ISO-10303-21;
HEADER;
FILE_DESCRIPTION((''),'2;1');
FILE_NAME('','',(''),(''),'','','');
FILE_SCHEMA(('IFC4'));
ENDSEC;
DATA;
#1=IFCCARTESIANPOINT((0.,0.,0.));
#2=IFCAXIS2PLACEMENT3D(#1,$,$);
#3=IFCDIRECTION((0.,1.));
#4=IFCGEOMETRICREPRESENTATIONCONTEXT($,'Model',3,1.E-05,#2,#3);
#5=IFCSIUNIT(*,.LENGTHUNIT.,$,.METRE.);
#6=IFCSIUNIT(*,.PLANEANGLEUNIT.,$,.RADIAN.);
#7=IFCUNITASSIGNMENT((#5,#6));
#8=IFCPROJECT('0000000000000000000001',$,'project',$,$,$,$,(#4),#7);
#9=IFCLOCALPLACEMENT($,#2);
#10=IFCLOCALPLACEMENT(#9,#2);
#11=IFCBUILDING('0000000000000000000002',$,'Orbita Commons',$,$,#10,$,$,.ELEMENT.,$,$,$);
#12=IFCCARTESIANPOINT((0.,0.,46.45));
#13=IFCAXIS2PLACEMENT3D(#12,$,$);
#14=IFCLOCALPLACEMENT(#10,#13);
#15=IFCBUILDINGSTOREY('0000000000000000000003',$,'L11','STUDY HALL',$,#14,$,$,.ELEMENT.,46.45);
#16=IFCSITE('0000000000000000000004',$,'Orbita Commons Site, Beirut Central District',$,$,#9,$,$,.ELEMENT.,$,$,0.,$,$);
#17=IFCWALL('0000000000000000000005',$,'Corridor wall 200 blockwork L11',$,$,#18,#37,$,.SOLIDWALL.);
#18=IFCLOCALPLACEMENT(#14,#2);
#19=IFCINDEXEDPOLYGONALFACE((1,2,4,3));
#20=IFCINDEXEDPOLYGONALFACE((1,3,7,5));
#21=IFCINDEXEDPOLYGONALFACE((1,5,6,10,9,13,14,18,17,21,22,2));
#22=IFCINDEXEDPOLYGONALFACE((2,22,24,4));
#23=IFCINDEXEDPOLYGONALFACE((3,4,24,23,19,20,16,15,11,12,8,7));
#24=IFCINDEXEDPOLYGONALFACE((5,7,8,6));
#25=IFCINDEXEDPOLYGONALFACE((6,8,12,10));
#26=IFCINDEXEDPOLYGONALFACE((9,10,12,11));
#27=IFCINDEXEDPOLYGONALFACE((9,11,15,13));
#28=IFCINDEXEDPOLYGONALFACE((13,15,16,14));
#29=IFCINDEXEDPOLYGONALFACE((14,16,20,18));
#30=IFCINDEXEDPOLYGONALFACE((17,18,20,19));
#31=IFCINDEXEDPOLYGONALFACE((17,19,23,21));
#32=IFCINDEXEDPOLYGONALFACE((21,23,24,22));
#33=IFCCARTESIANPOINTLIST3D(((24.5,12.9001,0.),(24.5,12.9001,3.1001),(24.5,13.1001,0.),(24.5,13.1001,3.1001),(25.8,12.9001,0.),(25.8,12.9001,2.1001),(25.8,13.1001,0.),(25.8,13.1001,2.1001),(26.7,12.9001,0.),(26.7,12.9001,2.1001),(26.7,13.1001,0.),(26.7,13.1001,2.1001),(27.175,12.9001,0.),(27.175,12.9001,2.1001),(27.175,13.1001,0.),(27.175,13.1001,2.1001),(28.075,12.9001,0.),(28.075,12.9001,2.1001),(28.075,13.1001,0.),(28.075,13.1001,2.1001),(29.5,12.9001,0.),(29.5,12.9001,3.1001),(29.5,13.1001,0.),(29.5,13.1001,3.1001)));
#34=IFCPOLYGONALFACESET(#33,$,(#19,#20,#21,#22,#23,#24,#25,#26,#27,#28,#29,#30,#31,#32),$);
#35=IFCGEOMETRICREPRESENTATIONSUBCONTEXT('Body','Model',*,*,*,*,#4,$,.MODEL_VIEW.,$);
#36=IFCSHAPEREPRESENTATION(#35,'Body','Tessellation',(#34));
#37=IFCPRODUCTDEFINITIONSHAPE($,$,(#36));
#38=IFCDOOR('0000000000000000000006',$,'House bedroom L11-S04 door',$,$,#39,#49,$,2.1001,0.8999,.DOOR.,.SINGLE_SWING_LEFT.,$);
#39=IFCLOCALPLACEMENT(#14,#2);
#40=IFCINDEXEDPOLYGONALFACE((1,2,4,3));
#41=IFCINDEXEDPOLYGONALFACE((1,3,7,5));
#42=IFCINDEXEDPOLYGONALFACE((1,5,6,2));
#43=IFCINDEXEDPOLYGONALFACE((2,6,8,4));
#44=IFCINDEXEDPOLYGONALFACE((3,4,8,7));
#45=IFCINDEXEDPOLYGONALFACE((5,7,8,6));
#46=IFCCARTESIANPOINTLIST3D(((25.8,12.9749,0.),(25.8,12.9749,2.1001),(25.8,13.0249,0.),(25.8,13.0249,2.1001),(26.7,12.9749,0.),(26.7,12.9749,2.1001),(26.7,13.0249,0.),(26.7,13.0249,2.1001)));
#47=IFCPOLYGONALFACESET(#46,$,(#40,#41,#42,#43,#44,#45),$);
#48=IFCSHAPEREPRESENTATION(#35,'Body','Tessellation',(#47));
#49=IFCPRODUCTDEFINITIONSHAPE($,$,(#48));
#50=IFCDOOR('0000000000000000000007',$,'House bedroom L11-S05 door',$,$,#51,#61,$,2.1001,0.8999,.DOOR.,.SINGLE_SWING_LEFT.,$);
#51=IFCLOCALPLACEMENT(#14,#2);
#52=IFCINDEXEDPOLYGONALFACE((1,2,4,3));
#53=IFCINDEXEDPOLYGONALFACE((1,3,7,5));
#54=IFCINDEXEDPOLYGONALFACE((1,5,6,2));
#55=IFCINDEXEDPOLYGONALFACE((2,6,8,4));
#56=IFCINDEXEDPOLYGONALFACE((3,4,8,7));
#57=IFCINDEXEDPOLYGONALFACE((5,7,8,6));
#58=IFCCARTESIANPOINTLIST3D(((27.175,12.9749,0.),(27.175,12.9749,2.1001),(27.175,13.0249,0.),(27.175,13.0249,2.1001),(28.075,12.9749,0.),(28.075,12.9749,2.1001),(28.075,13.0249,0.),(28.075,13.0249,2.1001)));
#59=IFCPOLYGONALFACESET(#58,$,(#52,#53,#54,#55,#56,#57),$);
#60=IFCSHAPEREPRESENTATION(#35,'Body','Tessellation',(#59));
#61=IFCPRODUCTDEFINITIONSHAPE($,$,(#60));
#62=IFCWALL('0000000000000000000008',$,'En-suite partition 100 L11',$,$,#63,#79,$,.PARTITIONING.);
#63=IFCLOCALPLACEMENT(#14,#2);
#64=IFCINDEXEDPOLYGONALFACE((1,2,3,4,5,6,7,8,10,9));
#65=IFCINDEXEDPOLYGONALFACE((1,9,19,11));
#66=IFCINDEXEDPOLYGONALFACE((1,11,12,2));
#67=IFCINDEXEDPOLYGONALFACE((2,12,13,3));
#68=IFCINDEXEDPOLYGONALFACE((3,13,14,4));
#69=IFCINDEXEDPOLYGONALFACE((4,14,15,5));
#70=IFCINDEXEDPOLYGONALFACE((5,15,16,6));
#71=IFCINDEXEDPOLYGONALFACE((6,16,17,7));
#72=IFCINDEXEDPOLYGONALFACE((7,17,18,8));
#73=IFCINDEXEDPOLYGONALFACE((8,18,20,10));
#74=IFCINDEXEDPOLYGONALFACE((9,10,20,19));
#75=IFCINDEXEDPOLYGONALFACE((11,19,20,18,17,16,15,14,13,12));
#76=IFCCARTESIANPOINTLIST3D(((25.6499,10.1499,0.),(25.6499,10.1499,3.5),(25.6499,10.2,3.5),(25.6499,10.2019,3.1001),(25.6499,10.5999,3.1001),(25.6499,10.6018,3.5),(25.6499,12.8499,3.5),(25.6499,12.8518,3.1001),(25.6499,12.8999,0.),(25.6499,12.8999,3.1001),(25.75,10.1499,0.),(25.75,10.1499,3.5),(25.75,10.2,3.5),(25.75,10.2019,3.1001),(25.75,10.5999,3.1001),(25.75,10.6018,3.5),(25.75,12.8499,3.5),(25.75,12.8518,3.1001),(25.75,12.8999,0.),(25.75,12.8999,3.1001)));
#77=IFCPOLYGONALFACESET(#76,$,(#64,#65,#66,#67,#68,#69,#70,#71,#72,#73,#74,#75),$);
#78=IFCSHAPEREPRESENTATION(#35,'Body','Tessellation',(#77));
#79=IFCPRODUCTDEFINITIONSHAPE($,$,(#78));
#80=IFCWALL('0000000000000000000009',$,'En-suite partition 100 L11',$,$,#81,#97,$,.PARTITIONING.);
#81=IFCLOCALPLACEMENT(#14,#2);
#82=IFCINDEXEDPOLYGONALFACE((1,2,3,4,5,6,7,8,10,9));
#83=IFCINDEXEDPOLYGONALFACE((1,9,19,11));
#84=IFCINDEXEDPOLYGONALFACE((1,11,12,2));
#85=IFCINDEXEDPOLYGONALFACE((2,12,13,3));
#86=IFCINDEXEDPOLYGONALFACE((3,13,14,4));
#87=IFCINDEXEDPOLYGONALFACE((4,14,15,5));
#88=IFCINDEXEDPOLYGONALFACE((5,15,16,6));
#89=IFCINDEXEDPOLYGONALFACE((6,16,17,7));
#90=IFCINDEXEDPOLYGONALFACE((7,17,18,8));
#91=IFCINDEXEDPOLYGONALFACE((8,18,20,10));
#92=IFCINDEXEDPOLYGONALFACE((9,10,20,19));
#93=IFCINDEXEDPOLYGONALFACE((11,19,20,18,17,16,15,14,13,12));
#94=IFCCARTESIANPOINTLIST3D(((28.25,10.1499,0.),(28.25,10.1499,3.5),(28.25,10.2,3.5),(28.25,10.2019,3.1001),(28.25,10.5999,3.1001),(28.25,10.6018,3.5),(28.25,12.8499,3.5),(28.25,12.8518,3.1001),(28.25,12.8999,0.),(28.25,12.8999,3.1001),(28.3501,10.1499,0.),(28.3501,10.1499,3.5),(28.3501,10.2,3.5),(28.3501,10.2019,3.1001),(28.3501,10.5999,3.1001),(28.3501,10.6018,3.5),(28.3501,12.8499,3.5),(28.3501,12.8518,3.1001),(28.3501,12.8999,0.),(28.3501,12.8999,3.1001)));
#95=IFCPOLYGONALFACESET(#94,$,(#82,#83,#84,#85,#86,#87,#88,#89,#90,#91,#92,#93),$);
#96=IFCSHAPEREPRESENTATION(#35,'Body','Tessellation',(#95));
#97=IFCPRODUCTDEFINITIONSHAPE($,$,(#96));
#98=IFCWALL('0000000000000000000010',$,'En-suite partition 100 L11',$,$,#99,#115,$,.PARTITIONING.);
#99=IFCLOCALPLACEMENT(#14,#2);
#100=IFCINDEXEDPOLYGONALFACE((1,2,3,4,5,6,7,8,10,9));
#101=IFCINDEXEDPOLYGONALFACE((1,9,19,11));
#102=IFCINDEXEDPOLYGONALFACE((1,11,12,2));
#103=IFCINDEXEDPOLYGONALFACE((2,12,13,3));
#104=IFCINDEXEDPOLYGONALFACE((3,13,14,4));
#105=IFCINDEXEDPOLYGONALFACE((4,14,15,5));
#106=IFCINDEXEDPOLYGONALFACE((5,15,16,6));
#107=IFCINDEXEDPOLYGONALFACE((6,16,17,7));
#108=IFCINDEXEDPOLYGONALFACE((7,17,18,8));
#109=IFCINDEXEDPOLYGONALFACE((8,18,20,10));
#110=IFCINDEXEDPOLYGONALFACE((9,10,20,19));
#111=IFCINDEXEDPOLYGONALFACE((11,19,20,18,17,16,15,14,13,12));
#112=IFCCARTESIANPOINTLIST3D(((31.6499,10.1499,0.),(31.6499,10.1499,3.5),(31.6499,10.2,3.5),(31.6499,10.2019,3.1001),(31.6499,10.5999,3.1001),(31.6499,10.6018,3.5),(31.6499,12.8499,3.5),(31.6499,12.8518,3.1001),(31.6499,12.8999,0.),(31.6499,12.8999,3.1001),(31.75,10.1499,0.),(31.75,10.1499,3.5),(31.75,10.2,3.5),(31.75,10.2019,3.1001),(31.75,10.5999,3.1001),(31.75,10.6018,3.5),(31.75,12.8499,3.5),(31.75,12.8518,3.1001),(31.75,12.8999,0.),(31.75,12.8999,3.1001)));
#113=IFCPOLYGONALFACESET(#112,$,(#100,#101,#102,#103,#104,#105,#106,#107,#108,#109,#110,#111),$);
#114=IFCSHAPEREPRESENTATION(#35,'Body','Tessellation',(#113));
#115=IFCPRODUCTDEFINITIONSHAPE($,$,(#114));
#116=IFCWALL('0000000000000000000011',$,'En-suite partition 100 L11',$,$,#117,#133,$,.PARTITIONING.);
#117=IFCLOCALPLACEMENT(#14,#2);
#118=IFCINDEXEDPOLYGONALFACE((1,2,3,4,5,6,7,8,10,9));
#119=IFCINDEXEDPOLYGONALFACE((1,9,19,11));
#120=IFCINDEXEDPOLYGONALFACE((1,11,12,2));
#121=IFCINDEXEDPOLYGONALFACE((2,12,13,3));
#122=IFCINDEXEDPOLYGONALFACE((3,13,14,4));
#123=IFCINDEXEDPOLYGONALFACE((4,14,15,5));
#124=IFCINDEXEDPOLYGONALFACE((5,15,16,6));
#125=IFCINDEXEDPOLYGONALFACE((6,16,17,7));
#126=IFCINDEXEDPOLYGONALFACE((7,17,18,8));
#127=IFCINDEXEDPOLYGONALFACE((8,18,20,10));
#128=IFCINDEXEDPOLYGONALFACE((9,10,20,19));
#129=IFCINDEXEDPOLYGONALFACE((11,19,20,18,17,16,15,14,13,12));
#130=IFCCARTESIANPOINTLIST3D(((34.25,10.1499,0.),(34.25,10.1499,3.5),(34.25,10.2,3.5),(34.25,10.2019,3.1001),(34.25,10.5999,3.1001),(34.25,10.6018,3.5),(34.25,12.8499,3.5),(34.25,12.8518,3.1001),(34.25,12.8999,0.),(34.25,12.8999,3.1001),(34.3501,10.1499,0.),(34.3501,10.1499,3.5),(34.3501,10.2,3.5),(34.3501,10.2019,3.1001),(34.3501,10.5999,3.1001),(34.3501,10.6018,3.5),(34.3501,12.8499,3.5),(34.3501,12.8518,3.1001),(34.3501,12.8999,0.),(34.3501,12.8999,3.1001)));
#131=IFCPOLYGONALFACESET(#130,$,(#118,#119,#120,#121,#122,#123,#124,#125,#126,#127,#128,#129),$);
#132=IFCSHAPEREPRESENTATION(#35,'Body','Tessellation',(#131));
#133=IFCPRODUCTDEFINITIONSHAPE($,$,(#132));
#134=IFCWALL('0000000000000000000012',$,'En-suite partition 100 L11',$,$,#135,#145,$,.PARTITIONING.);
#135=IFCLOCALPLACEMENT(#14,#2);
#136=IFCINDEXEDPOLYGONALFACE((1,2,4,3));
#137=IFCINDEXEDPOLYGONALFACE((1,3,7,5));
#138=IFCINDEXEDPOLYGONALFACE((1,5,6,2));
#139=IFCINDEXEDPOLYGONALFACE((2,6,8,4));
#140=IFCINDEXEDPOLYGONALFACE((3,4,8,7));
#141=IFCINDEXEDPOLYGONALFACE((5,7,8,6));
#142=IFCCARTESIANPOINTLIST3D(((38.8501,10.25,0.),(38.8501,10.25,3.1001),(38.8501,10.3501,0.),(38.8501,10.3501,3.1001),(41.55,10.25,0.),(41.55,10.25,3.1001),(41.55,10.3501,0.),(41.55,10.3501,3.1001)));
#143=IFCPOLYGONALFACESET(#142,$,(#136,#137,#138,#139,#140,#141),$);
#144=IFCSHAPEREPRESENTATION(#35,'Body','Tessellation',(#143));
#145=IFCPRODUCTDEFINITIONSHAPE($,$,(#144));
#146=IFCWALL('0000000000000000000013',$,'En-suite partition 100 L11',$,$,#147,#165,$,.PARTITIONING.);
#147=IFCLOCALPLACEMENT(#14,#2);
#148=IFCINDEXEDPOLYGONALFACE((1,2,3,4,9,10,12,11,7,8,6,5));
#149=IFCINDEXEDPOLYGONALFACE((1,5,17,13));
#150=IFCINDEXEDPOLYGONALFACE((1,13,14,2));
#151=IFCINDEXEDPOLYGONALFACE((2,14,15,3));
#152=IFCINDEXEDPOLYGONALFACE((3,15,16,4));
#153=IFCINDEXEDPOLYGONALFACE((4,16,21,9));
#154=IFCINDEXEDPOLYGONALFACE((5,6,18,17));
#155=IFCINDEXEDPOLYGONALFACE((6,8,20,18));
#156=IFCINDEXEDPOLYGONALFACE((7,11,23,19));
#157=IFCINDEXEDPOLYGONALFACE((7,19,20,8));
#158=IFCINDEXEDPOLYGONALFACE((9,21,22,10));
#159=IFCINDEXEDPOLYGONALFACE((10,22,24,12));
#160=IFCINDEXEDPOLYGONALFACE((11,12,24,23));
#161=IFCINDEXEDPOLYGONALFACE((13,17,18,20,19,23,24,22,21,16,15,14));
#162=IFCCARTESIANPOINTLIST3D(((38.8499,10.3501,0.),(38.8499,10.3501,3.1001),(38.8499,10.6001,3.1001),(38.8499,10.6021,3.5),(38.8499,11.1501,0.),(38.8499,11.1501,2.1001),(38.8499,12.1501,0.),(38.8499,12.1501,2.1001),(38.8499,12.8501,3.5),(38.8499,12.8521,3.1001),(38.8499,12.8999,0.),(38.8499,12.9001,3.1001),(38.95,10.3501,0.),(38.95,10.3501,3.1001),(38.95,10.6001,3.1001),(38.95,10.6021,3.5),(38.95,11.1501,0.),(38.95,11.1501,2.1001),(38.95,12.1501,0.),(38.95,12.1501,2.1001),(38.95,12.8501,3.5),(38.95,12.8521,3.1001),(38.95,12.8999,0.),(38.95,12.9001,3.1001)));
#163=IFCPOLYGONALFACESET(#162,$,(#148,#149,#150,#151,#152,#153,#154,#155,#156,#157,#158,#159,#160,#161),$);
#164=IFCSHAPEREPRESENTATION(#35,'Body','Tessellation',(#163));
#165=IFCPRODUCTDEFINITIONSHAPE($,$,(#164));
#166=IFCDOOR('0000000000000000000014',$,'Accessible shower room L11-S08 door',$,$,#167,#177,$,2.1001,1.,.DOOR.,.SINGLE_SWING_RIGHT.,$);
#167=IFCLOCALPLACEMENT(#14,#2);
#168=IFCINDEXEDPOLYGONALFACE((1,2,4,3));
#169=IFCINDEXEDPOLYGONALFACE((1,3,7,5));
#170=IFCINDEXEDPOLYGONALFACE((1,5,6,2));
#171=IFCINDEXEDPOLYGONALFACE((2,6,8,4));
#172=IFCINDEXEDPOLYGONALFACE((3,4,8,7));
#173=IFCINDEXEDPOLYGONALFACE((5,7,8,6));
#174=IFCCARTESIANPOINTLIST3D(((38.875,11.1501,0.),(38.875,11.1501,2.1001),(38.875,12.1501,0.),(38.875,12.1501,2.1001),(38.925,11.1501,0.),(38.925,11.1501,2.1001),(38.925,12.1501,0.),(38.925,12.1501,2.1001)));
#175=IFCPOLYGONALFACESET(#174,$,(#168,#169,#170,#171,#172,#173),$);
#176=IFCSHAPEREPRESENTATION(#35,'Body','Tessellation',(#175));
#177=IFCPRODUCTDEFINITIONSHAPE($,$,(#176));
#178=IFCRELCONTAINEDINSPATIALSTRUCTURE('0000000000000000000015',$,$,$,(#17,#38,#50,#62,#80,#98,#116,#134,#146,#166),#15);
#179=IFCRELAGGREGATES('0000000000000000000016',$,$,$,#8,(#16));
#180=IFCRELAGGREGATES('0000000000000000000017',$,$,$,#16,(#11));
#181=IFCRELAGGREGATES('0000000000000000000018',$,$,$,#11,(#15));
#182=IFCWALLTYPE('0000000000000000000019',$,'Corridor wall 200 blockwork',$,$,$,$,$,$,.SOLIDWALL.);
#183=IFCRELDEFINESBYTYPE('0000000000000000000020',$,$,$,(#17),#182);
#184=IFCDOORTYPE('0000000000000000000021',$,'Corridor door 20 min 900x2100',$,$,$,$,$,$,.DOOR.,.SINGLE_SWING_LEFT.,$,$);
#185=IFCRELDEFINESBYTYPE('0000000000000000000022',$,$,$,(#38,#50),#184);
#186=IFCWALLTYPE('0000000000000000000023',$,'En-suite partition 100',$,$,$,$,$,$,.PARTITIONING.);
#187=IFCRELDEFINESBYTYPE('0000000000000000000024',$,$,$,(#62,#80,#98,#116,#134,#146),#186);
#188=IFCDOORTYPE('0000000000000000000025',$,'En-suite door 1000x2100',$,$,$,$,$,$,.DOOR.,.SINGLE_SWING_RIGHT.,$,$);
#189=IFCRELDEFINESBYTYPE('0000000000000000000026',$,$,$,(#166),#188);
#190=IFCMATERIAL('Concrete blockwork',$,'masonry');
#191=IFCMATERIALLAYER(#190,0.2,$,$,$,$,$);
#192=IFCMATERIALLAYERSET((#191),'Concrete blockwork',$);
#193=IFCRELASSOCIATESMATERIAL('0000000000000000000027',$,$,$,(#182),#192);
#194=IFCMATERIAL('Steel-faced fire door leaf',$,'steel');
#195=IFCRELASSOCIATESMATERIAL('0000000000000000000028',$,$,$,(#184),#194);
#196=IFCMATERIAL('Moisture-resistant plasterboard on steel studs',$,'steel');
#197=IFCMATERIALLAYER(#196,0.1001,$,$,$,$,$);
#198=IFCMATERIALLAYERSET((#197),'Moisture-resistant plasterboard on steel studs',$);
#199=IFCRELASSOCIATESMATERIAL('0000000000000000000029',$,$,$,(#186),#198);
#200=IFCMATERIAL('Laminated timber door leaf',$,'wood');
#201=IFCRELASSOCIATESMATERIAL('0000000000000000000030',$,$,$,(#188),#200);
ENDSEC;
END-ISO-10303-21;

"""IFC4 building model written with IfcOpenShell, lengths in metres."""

from ifc_helpers import new_model, si_unit, direction, frame, frame_2d, origin, place, context, subcontext, project, spatial, polyline, rectangle, outline, extrude, material, layer, layer_set, type_object, element, fill, save


model = new_model("IFC4")

# Units and contexts
model_context = context("Model", 3, precision=1e-05, world=origin(), true_north=direction((0.0, 1.0)))
body_context = subcontext(model_context, "Body", "Model", "MODEL_VIEW")
ifc_project = project(units=[si_unit("LENGTHUNIT", "METRE"), si_unit("PLANEANGLEUNIT", "RADIAN")], contexts=[model_context])

# Site, building, storey
site_placement = place(None, origin())
site = spatial("IfcSite", under=ifc_project, at=site_placement, Name="Orbita Commons Site, Beirut Central District", CompositionType="ELEMENT", RefElevation=0.0)
building_placement = place(site_placement, origin())
building = spatial("IfcBuilding", under=site, at=building_placement, Name="Orbita Commons", CompositionType="ELEMENT")
storey_placement = place(building_placement, frame((0.0, 0.0, 46.45)))
storey = spatial("IfcBuildingStorey", under=building, at=storey_placement, Name="L11", Description="STUDY HALL", CompositionType="ELEMENT", Elevation=46.45)

# Wall, openings, doors
ifc_material_1 = material(Name="Concrete blockwork", Category="masonry")
ifc_layer_1 = layer(ifc_material_1, 0.2)
ifc_layer_set_1 = layer_set([ifc_layer_1], Name="Concrete blockwork")
wall_type_1 = type_object("IfcWallType", Name="Corridor wall 200 blockwork", PredefinedType="SOLIDWALL", material=ifc_layer_set_1)
wall_1_placement = place(storey_placement, frame((24.5, 13.0, 0.0), z_axis=(0.0, 0.0, 1.0), x_axis=(1.0, 0.0, 0.0)))
wall_1 = element("IfcWall", 1, at=wall_1_placement, inside=storey, type_object=wall_type_1, Name="Corridor wall 200 blockwork L11", PredefinedType="SOLIDWALL", context=body_context, shape_type="SweptSolid", body=[
    extrude(outline(polyline([(0.0, 0.0), (5.0, 0.0), (5.0, 3.1001), (0.0, 3.1001), (0.0, 0.0)])), frame((0.0, 0.1001, 0.0), z_axis=(0.0, -1.0, 0.0), x_axis=(1.0, 0.0, 0.0)), (0.0, 0.0, 1.0), 0.2),
])
opening_1_placement = place(wall_1_placement, frame((1.3, 0.0, 0.0)))
opening_1 = element("IfcOpeningElement", 2, at=opening_1_placement, cuts=wall_1, PredefinedType="OPENING", context=body_context, shape_type="SweptSolid", body=[
    extrude(rectangle(XDim=0.8999, YDim=2.1001, at=frame_2d((0.45, 1.05))), frame((0.0, 0.1099, 0.0), z_axis=(0.0, -1.0, 0.0), x_axis=(1.0, 0.0, 0.0)), (0.0, 0.0, 1.0), 0.22),
])
opening_2_placement = place(wall_1_placement, frame((2.675, 0.0, 0.0)))
opening_2 = element("IfcOpeningElement", 3, at=opening_2_placement, cuts=wall_1, PredefinedType="OPENING", context=body_context, shape_type="SweptSolid", body=[
    extrude(rectangle(XDim=0.8999, YDim=2.1001, at=frame_2d((0.45, 1.05))), frame((0.0, 0.1099, 0.0), z_axis=(0.0, -1.0, 0.0), x_axis=(1.0, 0.0, 0.0)), (0.0, 0.0, 1.0), 0.22),
])
ifc_material_2 = material(Name="Steel-faced fire door leaf", Category="steel")
door_type_1 = type_object("IfcDoorType", Name="Corridor door 20 min 900x2100", OperationType="SINGLE_SWING_LEFT", PredefinedType="DOOR", material=ifc_material_2)
door_1_placement = place(opening_1_placement, origin())
door_1 = element("IfcDoor", 4, at=door_1_placement, inside=storey, type_object=door_type_1, Name="House bedroom L11-S04 door", OperationType="SINGLE_SWING_LEFT", OverallHeight=2.1001, OverallWidth=0.8999, PredefinedType="DOOR", context=body_context, shape_type="SweptSolid", body=[
    extrude(rectangle(XDim=0.8999, YDim=2.1001, at=frame_2d((0.45, 1.05))), frame((0.0, 0.0249, 0.0), z_axis=(0.0, -1.0, 0.0), x_axis=(1.0, 0.0, 0.0)), (0.0, 0.0, 1.0), 0.05),
])
fill(opening_1, door_1)
door_2_placement = place(opening_2_placement, origin())
door_2 = element("IfcDoor", 5, at=door_2_placement, inside=storey, type_object=door_type_1, Name="House bedroom L11-S05 door", OperationType="SINGLE_SWING_LEFT", OverallHeight=2.1001, OverallWidth=0.8999, PredefinedType="DOOR", context=body_context, shape_type="SweptSolid", body=[
    extrude(rectangle(XDim=0.8999, YDim=2.1001, at=frame_2d((0.45, 1.05))), frame((0.0, 0.0249, 0.0), z_axis=(0.0, -1.0, 0.0), x_axis=(1.0, 0.0, 0.0)), (0.0, 0.0, 1.0), 0.05),
])
fill(opening_2, door_2)

# Walls
ifc_material_3 = material(Name="Moisture-resistant plasterboard on steel studs", Category="steel")
ifc_layer_2 = layer(ifc_material_3, 0.1001)
ifc_layer_set_2 = layer_set([ifc_layer_2], Name="Moisture-resistant plasterboard on steel studs")
wall_type_2 = type_object("IfcWallType", Name="En-suite partition 100", PredefinedType="PARTITIONING", material=ifc_layer_set_2)
for number, where, z_axis, x_axis, name in (
    (6, (25.7, 10.1499, 0.0), (0.0, 0.0, 1.0), (0.0, 1.0, 0.0), "En-suite partition 100 L11"),
    (7, (28.3, 10.1499, 0.0), (0.0, 0.0, 1.0), (0.0, 1.0, 0.0), "En-suite partition 100 L11"),
    (8, (31.7, 10.1499, 0.0), (0.0, 0.0, 1.0), (0.0, 1.0, 0.0), "En-suite partition 100 L11"),
    (9, (34.3, 10.1499, 0.0), (0.0, 0.0, 1.0), (0.0, 1.0, 0.0), "En-suite partition 100 L11"),
):
    element("IfcWall", number, at=place(storey_placement, frame(where, z_axis=z_axis, x_axis=x_axis)), inside=storey, type_object=wall_type_2, Name=name, PredefinedType="PARTITIONING", context=body_context, shape_type="SweptSolid", body=[
        extrude(outline(polyline([(0.0, 0.0), (2.75, 0.0), (2.75, 3.1001), (2.7019, 3.1001), (2.7, 3.5), (0.4519, 3.5), (0.45, 3.1001), (0.052, 3.1001), (0.05, 3.5), (0.0, 3.5), (0.0, 0.0)])), frame((0.0, 0.05, 0.0), z_axis=(0.0, -1.0, 0.0), x_axis=(1.0, 0.0, 0.0)), (0.0, 0.0, 1.0), 0.1001),
    ])
wall_2_placement = place(storey_placement, frame((38.8501, 10.3, 0.0), z_axis=(0.0, 0.0, 1.0), x_axis=(1.0, 0.0, 0.0)))
element("IfcWall", 10, at=wall_2_placement, inside=storey, type_object=wall_type_2, Name="En-suite partition 100 L11", PredefinedType="PARTITIONING", context=body_context, shape_type="SweptSolid", body=[
    extrude(outline(polyline([(0.0, 0.0), (2.7, 0.0), (2.7, 3.1001), (0.0, 3.1001), (0.0, 0.0)])), frame((0.0, 0.05, 0.0), z_axis=(0.0, -1.0, 0.0), x_axis=(1.0, 0.0, 0.0)), (0.0, 0.0, 1.0), 0.1001),
])

# Wall, opening, door
wall_3_placement = place(storey_placement, frame((38.8999, 10.3501, 0.0), z_axis=(0.0, 0.0, 1.0), x_axis=(0.0, 1.0, 0.0)))
wall_3 = element("IfcWall", 11, at=wall_3_placement, inside=storey, type_object=wall_type_2, Name="En-suite partition 100 L11", PredefinedType="PARTITIONING", context=body_context, shape_type="SweptSolid", body=[
    extrude(outline(polyline([(0.0, 0.0), (2.5498, 0.0), (2.55, 3.1001), (2.502, 3.1001), (2.5, 3.5), (0.252, 3.5), (0.25, 3.1001), (0.0, 3.1001), (0.0, 0.0)])), frame((0.0, 0.05, 0.0), z_axis=(0.0, -1.0, 0.0), x_axis=(1.0, 0.0, 0.0)), (0.0, 0.0, 1.0), 0.1001),
])
opening_3_placement = place(wall_3_placement, frame((0.8, 0.0, 0.0)))
opening_3 = element("IfcOpeningElement", 12, at=opening_3_placement, cuts=wall_3, PredefinedType="OPENING", context=body_context, shape_type="SweptSolid", body=[
    extrude(rectangle(XDim=1.0, YDim=2.1001, at=frame_2d((0.5, 1.05))), frame((0.0, 0.0601, 0.0), z_axis=(0.0, -1.0, 0.0), x_axis=(1.0, 0.0, 0.0)), (0.0, 0.0, 1.0), 0.1201),
])
ifc_material_4 = material(Name="Laminated timber door leaf", Category="wood")
door_type_2 = type_object("IfcDoorType", Name="En-suite door 1000x2100", OperationType="SINGLE_SWING_RIGHT", PredefinedType="DOOR", material=ifc_material_4)
door_3_placement = place(opening_3_placement, origin())
door_3 = element("IfcDoor", 13, at=door_3_placement, inside=storey, type_object=door_type_2, Name="Accessible shower room L11-S08 door", OperationType="SINGLE_SWING_RIGHT", OverallHeight=2.1001, OverallWidth=1.0, PredefinedType="DOOR", context=body_context, shape_type="SweptSolid", body=[
    extrude(rectangle(XDim=1.0, YDim=2.1001, at=frame_2d((0.5, 1.05))), frame((0.0, 0.0249, 0.0), z_axis=(0.0, -1.0, 0.0), x_axis=(1.0, 0.0, 0.0)), (0.0, 0.0, 1.0), 0.05),
])
fill(opening_3, door_3)

save(model, "model.ifc")
